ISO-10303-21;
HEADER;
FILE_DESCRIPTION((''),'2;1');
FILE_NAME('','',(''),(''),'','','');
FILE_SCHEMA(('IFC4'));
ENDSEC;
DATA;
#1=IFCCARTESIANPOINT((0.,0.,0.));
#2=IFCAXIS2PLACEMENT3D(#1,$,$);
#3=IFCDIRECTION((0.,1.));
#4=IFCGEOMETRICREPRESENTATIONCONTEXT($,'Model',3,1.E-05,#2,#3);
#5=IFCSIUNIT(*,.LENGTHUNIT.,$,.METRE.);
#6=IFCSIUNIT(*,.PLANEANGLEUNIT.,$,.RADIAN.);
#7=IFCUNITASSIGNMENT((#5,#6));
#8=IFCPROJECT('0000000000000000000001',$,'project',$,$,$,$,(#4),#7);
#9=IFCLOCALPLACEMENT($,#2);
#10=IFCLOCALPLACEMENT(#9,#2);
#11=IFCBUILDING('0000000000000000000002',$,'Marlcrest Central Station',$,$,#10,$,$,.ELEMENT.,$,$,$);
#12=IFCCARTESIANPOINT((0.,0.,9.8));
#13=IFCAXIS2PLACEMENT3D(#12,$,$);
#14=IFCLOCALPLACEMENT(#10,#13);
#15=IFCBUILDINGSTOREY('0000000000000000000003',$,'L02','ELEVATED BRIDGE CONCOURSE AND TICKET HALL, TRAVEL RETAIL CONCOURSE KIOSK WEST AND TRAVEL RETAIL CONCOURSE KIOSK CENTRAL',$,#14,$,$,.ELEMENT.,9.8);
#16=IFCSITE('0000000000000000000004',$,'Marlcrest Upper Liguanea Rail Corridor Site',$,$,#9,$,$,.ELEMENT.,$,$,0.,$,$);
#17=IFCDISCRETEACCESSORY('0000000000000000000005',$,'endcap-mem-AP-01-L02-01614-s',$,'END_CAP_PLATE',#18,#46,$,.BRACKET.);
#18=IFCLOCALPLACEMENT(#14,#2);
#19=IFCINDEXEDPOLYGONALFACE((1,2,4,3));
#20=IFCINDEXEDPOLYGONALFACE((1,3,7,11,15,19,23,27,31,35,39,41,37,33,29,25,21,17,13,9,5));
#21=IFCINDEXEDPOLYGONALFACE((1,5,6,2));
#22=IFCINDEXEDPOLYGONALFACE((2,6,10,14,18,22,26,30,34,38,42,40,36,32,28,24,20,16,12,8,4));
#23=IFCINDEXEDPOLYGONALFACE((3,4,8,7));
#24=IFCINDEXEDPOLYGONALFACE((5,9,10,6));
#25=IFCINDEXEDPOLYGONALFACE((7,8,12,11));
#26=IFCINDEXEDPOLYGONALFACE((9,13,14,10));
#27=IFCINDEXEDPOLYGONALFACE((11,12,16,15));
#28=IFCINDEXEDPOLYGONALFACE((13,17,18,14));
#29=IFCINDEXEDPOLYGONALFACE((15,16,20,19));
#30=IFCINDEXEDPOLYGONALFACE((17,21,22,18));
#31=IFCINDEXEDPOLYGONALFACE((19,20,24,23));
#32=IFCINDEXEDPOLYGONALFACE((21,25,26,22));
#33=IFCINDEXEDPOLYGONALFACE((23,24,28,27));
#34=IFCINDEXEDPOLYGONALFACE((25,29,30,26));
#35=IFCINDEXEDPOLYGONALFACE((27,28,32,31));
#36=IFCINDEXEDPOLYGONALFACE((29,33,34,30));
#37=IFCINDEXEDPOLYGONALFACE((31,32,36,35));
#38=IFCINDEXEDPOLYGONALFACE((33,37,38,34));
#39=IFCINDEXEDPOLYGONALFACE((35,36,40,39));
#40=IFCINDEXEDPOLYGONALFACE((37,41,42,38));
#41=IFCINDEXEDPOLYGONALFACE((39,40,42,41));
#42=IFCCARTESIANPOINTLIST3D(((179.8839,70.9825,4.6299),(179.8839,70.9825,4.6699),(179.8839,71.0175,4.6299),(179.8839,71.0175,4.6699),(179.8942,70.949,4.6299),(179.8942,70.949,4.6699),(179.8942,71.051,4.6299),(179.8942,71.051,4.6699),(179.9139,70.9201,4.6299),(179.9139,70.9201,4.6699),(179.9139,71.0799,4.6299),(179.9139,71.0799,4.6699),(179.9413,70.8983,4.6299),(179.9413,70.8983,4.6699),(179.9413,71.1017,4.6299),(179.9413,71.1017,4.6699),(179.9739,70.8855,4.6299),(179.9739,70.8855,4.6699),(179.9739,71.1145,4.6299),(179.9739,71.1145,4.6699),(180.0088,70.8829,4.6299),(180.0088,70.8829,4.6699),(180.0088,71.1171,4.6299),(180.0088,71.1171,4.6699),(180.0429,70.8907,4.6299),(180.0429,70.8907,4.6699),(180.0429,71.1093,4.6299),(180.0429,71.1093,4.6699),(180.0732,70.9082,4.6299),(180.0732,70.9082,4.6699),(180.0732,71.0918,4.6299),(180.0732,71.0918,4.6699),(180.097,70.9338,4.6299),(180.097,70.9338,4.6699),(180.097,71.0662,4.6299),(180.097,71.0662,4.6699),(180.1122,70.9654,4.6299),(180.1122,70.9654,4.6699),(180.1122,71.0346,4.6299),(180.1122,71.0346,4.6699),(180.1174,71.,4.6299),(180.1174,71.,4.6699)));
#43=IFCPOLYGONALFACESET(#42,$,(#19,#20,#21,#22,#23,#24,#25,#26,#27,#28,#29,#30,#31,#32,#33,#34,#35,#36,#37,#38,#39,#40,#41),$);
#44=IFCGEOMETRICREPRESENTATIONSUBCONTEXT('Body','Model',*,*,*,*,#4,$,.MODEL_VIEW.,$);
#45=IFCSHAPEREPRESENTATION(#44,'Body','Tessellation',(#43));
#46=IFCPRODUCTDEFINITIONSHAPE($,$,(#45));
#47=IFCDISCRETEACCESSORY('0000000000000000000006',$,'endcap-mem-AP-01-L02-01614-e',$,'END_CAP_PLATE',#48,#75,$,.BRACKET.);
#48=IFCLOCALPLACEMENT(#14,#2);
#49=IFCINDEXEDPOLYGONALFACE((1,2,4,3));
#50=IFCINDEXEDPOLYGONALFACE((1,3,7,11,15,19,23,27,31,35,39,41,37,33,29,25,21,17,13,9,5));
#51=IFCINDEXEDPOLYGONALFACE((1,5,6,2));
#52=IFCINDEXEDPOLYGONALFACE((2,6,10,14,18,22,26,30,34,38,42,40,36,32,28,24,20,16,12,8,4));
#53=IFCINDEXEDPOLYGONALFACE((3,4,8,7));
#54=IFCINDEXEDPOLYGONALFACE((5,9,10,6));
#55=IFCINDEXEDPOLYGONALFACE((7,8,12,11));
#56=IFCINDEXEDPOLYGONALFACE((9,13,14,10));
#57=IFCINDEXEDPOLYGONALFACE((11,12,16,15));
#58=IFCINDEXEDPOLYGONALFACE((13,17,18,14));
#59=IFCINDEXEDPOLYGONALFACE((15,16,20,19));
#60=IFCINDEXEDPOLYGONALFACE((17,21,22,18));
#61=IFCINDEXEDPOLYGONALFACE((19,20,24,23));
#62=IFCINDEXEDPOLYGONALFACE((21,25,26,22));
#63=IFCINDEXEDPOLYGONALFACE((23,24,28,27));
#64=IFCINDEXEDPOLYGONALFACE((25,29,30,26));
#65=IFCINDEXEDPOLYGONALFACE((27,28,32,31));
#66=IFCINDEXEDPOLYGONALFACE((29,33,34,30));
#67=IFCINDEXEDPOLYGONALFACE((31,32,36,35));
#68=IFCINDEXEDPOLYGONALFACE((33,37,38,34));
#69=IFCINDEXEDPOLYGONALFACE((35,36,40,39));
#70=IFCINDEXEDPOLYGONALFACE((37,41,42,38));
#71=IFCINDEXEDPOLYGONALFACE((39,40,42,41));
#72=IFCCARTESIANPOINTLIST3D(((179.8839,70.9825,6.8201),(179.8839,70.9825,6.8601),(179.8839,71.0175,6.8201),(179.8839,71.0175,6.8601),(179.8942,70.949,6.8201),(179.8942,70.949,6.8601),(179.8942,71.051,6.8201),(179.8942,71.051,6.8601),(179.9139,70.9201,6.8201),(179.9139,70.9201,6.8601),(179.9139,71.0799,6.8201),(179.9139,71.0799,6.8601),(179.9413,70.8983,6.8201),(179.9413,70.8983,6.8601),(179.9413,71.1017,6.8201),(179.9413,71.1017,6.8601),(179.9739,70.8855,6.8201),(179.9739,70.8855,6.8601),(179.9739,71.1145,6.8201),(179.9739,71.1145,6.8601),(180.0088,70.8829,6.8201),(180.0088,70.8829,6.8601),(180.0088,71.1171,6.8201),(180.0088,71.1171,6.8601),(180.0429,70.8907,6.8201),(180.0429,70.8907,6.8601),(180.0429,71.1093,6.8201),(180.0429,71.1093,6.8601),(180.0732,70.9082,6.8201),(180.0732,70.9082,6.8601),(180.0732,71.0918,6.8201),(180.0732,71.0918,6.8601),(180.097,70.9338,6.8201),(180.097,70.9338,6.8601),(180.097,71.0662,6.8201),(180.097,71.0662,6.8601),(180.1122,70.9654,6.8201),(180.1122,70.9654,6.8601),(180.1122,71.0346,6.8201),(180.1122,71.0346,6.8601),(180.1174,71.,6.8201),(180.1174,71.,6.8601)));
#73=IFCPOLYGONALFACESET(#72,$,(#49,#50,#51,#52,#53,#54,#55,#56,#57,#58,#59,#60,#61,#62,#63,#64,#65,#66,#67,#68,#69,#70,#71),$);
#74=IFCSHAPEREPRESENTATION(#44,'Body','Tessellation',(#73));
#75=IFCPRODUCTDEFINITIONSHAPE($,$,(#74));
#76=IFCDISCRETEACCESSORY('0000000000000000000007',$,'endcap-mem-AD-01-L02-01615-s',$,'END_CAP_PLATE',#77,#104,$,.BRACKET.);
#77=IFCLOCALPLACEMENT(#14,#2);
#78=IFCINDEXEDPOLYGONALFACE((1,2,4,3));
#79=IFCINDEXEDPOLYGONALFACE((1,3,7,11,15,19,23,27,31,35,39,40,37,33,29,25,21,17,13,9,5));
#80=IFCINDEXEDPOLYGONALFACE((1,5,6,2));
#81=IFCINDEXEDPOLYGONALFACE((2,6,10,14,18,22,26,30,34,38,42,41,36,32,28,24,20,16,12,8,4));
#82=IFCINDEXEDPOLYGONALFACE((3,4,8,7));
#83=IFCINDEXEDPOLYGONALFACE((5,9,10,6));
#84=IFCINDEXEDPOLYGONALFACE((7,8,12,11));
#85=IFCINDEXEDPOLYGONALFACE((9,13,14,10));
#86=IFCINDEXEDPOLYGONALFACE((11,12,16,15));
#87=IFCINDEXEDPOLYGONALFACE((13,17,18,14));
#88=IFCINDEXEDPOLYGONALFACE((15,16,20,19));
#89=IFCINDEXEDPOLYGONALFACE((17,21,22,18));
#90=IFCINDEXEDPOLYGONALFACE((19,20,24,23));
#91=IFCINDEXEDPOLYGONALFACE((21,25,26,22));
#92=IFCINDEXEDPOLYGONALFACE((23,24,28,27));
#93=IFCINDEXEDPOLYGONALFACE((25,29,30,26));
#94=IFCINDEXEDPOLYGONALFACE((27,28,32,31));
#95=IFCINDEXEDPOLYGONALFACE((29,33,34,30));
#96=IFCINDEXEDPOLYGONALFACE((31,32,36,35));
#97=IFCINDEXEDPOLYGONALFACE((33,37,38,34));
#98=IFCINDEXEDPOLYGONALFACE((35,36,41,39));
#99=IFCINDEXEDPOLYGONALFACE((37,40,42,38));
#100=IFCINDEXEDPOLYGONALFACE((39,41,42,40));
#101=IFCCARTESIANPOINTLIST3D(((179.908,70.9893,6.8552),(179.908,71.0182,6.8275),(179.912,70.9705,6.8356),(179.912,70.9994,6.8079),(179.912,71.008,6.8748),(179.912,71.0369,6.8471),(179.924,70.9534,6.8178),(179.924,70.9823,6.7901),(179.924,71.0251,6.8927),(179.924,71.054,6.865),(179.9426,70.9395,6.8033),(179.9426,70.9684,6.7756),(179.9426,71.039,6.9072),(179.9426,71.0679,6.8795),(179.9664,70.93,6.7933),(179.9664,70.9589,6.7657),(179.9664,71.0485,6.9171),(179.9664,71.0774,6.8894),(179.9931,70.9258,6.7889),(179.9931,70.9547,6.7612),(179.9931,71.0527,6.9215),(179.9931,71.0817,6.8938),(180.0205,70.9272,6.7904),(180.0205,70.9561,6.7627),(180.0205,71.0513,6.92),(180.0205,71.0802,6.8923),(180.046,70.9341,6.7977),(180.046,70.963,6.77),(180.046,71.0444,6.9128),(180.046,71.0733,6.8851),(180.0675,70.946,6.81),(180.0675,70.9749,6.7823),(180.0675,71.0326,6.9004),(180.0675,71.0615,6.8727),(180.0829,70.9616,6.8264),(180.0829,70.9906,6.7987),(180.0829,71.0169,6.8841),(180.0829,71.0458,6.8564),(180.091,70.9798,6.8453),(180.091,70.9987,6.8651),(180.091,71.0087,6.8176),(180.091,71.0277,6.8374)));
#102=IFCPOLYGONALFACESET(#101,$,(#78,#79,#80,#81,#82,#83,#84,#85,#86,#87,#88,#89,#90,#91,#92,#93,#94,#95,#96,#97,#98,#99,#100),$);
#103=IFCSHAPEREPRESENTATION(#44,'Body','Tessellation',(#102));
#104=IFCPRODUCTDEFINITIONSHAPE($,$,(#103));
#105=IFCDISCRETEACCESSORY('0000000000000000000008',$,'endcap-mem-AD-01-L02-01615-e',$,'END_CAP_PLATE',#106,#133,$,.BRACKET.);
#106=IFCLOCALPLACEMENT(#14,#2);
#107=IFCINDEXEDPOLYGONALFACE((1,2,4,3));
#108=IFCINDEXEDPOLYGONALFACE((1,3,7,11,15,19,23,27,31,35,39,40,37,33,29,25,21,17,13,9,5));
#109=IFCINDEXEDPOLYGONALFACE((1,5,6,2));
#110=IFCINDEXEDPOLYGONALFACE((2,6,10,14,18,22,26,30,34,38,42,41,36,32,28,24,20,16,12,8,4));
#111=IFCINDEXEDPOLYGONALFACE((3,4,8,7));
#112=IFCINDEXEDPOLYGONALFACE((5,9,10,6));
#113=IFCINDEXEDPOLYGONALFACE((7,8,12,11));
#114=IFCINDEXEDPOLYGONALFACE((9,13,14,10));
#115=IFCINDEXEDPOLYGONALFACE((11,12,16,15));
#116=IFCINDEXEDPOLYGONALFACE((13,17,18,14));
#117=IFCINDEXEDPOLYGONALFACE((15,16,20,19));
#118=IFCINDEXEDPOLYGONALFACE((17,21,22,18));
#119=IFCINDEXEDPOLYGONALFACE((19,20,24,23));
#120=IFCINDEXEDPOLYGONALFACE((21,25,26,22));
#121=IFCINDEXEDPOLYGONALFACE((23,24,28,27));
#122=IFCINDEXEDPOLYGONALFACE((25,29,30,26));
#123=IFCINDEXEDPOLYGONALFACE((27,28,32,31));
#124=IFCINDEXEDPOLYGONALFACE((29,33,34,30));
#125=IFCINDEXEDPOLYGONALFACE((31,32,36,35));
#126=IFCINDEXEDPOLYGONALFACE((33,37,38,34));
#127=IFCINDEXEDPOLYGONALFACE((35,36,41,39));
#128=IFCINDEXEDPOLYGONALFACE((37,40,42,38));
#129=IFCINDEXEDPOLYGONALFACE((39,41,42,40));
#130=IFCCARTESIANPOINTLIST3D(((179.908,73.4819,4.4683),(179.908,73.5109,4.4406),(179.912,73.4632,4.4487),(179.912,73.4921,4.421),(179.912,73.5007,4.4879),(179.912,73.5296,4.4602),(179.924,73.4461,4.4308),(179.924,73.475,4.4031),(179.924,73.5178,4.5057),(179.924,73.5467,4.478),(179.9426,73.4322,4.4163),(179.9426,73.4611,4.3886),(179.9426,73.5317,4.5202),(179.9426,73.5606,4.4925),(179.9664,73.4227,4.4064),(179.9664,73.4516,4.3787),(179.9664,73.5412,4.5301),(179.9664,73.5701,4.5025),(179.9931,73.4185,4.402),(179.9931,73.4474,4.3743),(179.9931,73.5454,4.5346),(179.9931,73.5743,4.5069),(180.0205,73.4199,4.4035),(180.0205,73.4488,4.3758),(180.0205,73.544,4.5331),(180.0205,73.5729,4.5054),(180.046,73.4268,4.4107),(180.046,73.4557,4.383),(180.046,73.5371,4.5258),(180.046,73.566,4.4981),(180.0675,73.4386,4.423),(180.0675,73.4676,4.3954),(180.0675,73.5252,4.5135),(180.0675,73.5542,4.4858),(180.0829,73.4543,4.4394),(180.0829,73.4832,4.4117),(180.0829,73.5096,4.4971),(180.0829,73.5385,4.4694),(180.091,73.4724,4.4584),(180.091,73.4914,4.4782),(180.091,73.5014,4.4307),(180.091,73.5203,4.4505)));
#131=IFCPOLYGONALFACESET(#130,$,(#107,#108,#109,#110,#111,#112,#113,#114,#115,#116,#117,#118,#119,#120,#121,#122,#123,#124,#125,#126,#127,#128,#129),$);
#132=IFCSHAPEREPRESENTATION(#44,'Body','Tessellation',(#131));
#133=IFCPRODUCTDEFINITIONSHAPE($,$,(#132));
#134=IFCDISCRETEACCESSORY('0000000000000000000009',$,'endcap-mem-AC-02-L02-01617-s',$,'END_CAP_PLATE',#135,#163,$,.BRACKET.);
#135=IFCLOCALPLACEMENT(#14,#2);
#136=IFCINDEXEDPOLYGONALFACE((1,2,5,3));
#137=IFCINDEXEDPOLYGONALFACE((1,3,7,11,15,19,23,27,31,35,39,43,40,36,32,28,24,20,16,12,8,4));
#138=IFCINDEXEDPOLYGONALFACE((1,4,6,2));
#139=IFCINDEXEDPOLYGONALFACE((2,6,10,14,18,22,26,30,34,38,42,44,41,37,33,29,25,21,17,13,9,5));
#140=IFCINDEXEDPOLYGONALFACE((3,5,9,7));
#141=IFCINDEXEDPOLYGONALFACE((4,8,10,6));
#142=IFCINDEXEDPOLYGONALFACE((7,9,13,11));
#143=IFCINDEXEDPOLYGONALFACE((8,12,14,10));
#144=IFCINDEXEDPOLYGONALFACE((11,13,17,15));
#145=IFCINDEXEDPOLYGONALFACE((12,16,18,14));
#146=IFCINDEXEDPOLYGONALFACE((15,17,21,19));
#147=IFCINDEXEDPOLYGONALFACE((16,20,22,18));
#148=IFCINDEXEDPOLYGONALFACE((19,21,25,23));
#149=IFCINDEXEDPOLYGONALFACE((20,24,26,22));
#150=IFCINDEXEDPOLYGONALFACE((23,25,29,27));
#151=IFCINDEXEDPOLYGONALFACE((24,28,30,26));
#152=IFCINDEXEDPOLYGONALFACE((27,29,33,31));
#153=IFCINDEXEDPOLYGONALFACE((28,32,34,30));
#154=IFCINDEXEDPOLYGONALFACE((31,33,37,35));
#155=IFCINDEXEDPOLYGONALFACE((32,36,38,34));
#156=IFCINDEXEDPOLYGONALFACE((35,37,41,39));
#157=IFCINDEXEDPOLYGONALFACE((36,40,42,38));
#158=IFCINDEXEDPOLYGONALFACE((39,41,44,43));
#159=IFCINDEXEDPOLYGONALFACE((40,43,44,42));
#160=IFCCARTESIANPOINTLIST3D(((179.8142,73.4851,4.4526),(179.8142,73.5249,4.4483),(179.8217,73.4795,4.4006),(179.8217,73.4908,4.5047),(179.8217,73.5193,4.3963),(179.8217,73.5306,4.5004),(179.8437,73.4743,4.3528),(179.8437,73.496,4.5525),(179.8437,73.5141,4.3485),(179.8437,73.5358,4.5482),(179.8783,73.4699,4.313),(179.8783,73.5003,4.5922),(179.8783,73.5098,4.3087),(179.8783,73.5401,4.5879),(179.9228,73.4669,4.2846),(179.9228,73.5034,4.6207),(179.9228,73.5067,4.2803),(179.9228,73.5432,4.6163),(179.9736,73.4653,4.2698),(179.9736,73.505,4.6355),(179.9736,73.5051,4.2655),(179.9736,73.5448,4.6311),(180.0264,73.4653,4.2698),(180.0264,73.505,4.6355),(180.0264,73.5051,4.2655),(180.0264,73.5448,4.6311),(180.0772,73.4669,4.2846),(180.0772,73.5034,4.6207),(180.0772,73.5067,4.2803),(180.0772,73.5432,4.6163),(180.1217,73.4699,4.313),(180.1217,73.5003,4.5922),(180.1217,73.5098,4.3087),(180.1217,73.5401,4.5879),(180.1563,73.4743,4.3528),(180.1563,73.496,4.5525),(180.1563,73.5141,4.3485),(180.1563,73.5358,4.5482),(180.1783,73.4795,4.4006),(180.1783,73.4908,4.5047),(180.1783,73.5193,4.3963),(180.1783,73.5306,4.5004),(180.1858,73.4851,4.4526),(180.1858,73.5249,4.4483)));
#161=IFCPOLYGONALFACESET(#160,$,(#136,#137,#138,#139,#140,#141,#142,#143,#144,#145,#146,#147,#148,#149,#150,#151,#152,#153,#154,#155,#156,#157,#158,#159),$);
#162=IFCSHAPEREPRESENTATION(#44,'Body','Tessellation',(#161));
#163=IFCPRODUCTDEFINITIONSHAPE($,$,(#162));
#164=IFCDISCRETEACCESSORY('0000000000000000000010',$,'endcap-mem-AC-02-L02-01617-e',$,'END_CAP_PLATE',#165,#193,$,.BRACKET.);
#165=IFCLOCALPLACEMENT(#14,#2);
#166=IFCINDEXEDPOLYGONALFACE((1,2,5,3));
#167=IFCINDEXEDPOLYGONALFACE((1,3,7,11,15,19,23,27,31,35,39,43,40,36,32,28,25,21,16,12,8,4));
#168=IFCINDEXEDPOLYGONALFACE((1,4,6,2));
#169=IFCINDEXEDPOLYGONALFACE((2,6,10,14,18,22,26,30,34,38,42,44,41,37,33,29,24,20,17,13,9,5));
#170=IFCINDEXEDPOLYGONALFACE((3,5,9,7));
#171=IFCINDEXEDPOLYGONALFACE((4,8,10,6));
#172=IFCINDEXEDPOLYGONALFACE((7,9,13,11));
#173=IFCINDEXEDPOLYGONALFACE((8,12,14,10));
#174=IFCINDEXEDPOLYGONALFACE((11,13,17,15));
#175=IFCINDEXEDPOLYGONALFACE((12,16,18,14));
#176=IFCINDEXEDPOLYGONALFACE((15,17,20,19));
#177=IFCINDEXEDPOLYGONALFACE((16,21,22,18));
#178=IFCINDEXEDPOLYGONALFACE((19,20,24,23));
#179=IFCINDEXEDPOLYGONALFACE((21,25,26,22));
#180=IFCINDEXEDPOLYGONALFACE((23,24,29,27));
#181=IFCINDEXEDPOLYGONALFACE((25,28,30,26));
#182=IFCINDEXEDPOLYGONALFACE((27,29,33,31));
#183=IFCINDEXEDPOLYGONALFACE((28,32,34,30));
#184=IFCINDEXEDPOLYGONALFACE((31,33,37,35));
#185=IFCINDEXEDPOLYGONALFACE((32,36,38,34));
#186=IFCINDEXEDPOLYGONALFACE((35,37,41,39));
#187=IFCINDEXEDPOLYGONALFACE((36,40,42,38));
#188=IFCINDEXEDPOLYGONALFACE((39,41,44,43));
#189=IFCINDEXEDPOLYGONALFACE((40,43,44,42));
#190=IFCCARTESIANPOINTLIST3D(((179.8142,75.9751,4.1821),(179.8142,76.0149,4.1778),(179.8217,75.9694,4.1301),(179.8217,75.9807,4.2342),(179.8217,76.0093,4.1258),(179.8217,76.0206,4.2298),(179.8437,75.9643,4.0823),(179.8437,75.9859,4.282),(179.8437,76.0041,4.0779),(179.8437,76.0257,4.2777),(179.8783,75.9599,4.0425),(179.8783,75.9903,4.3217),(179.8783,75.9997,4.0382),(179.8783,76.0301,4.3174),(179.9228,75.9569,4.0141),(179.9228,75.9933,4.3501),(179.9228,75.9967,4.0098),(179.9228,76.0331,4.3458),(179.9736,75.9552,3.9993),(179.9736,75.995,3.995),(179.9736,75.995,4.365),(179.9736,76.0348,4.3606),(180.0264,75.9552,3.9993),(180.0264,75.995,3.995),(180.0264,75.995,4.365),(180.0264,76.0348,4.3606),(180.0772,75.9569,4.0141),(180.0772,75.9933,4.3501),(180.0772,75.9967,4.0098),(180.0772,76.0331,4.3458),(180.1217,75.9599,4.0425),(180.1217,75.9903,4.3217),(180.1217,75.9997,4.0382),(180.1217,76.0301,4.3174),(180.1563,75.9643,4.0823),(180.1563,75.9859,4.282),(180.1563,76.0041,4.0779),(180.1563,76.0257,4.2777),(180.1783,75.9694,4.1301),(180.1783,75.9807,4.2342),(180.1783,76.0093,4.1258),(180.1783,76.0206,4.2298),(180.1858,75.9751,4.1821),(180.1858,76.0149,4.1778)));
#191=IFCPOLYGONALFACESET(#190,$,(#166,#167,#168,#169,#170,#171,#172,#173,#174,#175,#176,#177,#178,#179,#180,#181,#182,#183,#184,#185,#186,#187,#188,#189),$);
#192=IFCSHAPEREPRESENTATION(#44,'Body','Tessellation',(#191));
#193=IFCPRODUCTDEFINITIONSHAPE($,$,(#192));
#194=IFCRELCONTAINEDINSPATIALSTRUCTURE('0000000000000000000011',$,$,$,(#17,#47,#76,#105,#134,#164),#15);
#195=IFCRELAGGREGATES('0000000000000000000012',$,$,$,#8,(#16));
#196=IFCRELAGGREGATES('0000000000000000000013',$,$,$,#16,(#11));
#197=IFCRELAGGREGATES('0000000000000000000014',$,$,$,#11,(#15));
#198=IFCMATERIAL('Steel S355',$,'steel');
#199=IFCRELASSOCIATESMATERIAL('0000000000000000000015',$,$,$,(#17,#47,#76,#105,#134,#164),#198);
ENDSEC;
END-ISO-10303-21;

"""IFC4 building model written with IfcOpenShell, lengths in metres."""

from ifc_helpers import new_model, si_unit, direction, frame, origin, origin_2d, place, context, subcontext, project, spatial, circle, extrude, material, element, save


model = new_model("IFC4")

# Units and contexts
model_context = context("Model", 3, precision=1e-05, world=origin(), true_north=direction((0.0, 1.0)))
body_context = subcontext(model_context, "Body", "Model", "MODEL_VIEW")
ifc_project = project(units=[si_unit("LENGTHUNIT", "METRE"), si_unit("PLANEANGLEUNIT", "RADIAN")], contexts=[model_context])

# Site, building, storey
site_placement = place(None, origin())
site = spatial("IfcSite", under=ifc_project, at=site_placement, Name="Marlcrest Upper Liguanea Rail Corridor Site", CompositionType="ELEMENT", RefElevation=0.0)
building_placement = place(site_placement, origin())
building = spatial("IfcBuilding", under=site, at=building_placement, Name="Marlcrest Central Station", CompositionType="ELEMENT")
storey_placement = place(building_placement, frame((0.0, 0.0, 9.8)))
storey = spatial("IfcBuildingStorey", under=building, at=storey_placement, Name="L02", Description="ELEVATED BRIDGE CONCOURSE AND TICKET HALL, TRAVEL RETAIL CONCOURSE KIOSK WEST AND TRAVEL RETAIL CONCOURSE KIOSK CENTRAL", CompositionType="ELEMENT", Elevation=9.8)

# Shared definitions
ifc_material = material(Name="Steel S355", Category="steel")

# Discrete accessories
for number, where, z_axis, x_axis, name in (
    (1, (180.0, 71.0, 4.6299), (0.0, 0.0, 1.0), (1.0, 0.0, 0.0), "endcap-mem-AP-01-L02-01614-s"),
    (2, (180.0, 71.0, 6.8201), (0.0, 0.0, 1.0), (1.0, 0.0, 0.0), "endcap-mem-AP-01-L02-01614-e"),
):
    element("IfcDiscreteAccessory", number, at=place(storey_placement, frame(where, z_axis=z_axis, x_axis=x_axis)), inside=storey, material=ifc_material, Name=name, ObjectType="END_CAP_PLATE", PredefinedType="BRACKET", context=body_context, shape_type="SweptSolid", body=[
        extrude(circle(Radius=0.1174, at=origin_2d()), origin(), (0.0, 0.0, 1.0), 0.04),
    ])
for number, where, z_axis, x_axis, name in (
    (3, (180.0, 70.9893, 6.8552), (0.0, 0.722247, -0.691636), (-1.0, 0.0, 0.0), "endcap-mem-AD-01-L02-01615-s"),
    (4, (180.0, 73.4819, 4.4683), (0.0, 0.722247, -0.691636), (-1.0, 0.0, 0.0), "endcap-mem-AD-01-L02-01615-e"),
):
    element("IfcDiscreteAccessory", number, at=place(storey_placement, frame(where, z_axis=z_axis, x_axis=x_axis)), inside=storey, material=ifc_material, Name=name, ObjectType="END_CAP_PLATE", PredefinedType="BRACKET", context=body_context, shape_type="SweptSolid", body=[
        extrude(circle(Radius=0.092, at=origin_2d()), origin(), (0.0, 0.0, 1.0), 0.04),
    ])
for number, where, z_axis, x_axis, name in (
    (5, (180.0, 73.4851, 4.4526), (0.0, 0.994155, -0.107959), (-1.0, 0.0, 0.0), "endcap-mem-AC-02-L02-01617-s"),
    (6, (180.0, 75.9751, 4.1821), (0.0, 0.994155, -0.107959), (-1.0, 0.0, 0.0), "endcap-mem-AC-02-L02-01617-e"),
):
    element("IfcDiscreteAccessory", number, at=place(storey_placement, frame(where, z_axis=z_axis, x_axis=x_axis)), inside=storey, material=ifc_material, Name=name, ObjectType="END_CAP_PLATE", PredefinedType="BRACKET", context=body_context, shape_type="SweptSolid", body=[
        extrude(circle(Radius=0.1858, at=origin_2d()), origin(), (0.0, 0.0, 1.0), 0.04),
    ])

save(model, "model.ifc")
